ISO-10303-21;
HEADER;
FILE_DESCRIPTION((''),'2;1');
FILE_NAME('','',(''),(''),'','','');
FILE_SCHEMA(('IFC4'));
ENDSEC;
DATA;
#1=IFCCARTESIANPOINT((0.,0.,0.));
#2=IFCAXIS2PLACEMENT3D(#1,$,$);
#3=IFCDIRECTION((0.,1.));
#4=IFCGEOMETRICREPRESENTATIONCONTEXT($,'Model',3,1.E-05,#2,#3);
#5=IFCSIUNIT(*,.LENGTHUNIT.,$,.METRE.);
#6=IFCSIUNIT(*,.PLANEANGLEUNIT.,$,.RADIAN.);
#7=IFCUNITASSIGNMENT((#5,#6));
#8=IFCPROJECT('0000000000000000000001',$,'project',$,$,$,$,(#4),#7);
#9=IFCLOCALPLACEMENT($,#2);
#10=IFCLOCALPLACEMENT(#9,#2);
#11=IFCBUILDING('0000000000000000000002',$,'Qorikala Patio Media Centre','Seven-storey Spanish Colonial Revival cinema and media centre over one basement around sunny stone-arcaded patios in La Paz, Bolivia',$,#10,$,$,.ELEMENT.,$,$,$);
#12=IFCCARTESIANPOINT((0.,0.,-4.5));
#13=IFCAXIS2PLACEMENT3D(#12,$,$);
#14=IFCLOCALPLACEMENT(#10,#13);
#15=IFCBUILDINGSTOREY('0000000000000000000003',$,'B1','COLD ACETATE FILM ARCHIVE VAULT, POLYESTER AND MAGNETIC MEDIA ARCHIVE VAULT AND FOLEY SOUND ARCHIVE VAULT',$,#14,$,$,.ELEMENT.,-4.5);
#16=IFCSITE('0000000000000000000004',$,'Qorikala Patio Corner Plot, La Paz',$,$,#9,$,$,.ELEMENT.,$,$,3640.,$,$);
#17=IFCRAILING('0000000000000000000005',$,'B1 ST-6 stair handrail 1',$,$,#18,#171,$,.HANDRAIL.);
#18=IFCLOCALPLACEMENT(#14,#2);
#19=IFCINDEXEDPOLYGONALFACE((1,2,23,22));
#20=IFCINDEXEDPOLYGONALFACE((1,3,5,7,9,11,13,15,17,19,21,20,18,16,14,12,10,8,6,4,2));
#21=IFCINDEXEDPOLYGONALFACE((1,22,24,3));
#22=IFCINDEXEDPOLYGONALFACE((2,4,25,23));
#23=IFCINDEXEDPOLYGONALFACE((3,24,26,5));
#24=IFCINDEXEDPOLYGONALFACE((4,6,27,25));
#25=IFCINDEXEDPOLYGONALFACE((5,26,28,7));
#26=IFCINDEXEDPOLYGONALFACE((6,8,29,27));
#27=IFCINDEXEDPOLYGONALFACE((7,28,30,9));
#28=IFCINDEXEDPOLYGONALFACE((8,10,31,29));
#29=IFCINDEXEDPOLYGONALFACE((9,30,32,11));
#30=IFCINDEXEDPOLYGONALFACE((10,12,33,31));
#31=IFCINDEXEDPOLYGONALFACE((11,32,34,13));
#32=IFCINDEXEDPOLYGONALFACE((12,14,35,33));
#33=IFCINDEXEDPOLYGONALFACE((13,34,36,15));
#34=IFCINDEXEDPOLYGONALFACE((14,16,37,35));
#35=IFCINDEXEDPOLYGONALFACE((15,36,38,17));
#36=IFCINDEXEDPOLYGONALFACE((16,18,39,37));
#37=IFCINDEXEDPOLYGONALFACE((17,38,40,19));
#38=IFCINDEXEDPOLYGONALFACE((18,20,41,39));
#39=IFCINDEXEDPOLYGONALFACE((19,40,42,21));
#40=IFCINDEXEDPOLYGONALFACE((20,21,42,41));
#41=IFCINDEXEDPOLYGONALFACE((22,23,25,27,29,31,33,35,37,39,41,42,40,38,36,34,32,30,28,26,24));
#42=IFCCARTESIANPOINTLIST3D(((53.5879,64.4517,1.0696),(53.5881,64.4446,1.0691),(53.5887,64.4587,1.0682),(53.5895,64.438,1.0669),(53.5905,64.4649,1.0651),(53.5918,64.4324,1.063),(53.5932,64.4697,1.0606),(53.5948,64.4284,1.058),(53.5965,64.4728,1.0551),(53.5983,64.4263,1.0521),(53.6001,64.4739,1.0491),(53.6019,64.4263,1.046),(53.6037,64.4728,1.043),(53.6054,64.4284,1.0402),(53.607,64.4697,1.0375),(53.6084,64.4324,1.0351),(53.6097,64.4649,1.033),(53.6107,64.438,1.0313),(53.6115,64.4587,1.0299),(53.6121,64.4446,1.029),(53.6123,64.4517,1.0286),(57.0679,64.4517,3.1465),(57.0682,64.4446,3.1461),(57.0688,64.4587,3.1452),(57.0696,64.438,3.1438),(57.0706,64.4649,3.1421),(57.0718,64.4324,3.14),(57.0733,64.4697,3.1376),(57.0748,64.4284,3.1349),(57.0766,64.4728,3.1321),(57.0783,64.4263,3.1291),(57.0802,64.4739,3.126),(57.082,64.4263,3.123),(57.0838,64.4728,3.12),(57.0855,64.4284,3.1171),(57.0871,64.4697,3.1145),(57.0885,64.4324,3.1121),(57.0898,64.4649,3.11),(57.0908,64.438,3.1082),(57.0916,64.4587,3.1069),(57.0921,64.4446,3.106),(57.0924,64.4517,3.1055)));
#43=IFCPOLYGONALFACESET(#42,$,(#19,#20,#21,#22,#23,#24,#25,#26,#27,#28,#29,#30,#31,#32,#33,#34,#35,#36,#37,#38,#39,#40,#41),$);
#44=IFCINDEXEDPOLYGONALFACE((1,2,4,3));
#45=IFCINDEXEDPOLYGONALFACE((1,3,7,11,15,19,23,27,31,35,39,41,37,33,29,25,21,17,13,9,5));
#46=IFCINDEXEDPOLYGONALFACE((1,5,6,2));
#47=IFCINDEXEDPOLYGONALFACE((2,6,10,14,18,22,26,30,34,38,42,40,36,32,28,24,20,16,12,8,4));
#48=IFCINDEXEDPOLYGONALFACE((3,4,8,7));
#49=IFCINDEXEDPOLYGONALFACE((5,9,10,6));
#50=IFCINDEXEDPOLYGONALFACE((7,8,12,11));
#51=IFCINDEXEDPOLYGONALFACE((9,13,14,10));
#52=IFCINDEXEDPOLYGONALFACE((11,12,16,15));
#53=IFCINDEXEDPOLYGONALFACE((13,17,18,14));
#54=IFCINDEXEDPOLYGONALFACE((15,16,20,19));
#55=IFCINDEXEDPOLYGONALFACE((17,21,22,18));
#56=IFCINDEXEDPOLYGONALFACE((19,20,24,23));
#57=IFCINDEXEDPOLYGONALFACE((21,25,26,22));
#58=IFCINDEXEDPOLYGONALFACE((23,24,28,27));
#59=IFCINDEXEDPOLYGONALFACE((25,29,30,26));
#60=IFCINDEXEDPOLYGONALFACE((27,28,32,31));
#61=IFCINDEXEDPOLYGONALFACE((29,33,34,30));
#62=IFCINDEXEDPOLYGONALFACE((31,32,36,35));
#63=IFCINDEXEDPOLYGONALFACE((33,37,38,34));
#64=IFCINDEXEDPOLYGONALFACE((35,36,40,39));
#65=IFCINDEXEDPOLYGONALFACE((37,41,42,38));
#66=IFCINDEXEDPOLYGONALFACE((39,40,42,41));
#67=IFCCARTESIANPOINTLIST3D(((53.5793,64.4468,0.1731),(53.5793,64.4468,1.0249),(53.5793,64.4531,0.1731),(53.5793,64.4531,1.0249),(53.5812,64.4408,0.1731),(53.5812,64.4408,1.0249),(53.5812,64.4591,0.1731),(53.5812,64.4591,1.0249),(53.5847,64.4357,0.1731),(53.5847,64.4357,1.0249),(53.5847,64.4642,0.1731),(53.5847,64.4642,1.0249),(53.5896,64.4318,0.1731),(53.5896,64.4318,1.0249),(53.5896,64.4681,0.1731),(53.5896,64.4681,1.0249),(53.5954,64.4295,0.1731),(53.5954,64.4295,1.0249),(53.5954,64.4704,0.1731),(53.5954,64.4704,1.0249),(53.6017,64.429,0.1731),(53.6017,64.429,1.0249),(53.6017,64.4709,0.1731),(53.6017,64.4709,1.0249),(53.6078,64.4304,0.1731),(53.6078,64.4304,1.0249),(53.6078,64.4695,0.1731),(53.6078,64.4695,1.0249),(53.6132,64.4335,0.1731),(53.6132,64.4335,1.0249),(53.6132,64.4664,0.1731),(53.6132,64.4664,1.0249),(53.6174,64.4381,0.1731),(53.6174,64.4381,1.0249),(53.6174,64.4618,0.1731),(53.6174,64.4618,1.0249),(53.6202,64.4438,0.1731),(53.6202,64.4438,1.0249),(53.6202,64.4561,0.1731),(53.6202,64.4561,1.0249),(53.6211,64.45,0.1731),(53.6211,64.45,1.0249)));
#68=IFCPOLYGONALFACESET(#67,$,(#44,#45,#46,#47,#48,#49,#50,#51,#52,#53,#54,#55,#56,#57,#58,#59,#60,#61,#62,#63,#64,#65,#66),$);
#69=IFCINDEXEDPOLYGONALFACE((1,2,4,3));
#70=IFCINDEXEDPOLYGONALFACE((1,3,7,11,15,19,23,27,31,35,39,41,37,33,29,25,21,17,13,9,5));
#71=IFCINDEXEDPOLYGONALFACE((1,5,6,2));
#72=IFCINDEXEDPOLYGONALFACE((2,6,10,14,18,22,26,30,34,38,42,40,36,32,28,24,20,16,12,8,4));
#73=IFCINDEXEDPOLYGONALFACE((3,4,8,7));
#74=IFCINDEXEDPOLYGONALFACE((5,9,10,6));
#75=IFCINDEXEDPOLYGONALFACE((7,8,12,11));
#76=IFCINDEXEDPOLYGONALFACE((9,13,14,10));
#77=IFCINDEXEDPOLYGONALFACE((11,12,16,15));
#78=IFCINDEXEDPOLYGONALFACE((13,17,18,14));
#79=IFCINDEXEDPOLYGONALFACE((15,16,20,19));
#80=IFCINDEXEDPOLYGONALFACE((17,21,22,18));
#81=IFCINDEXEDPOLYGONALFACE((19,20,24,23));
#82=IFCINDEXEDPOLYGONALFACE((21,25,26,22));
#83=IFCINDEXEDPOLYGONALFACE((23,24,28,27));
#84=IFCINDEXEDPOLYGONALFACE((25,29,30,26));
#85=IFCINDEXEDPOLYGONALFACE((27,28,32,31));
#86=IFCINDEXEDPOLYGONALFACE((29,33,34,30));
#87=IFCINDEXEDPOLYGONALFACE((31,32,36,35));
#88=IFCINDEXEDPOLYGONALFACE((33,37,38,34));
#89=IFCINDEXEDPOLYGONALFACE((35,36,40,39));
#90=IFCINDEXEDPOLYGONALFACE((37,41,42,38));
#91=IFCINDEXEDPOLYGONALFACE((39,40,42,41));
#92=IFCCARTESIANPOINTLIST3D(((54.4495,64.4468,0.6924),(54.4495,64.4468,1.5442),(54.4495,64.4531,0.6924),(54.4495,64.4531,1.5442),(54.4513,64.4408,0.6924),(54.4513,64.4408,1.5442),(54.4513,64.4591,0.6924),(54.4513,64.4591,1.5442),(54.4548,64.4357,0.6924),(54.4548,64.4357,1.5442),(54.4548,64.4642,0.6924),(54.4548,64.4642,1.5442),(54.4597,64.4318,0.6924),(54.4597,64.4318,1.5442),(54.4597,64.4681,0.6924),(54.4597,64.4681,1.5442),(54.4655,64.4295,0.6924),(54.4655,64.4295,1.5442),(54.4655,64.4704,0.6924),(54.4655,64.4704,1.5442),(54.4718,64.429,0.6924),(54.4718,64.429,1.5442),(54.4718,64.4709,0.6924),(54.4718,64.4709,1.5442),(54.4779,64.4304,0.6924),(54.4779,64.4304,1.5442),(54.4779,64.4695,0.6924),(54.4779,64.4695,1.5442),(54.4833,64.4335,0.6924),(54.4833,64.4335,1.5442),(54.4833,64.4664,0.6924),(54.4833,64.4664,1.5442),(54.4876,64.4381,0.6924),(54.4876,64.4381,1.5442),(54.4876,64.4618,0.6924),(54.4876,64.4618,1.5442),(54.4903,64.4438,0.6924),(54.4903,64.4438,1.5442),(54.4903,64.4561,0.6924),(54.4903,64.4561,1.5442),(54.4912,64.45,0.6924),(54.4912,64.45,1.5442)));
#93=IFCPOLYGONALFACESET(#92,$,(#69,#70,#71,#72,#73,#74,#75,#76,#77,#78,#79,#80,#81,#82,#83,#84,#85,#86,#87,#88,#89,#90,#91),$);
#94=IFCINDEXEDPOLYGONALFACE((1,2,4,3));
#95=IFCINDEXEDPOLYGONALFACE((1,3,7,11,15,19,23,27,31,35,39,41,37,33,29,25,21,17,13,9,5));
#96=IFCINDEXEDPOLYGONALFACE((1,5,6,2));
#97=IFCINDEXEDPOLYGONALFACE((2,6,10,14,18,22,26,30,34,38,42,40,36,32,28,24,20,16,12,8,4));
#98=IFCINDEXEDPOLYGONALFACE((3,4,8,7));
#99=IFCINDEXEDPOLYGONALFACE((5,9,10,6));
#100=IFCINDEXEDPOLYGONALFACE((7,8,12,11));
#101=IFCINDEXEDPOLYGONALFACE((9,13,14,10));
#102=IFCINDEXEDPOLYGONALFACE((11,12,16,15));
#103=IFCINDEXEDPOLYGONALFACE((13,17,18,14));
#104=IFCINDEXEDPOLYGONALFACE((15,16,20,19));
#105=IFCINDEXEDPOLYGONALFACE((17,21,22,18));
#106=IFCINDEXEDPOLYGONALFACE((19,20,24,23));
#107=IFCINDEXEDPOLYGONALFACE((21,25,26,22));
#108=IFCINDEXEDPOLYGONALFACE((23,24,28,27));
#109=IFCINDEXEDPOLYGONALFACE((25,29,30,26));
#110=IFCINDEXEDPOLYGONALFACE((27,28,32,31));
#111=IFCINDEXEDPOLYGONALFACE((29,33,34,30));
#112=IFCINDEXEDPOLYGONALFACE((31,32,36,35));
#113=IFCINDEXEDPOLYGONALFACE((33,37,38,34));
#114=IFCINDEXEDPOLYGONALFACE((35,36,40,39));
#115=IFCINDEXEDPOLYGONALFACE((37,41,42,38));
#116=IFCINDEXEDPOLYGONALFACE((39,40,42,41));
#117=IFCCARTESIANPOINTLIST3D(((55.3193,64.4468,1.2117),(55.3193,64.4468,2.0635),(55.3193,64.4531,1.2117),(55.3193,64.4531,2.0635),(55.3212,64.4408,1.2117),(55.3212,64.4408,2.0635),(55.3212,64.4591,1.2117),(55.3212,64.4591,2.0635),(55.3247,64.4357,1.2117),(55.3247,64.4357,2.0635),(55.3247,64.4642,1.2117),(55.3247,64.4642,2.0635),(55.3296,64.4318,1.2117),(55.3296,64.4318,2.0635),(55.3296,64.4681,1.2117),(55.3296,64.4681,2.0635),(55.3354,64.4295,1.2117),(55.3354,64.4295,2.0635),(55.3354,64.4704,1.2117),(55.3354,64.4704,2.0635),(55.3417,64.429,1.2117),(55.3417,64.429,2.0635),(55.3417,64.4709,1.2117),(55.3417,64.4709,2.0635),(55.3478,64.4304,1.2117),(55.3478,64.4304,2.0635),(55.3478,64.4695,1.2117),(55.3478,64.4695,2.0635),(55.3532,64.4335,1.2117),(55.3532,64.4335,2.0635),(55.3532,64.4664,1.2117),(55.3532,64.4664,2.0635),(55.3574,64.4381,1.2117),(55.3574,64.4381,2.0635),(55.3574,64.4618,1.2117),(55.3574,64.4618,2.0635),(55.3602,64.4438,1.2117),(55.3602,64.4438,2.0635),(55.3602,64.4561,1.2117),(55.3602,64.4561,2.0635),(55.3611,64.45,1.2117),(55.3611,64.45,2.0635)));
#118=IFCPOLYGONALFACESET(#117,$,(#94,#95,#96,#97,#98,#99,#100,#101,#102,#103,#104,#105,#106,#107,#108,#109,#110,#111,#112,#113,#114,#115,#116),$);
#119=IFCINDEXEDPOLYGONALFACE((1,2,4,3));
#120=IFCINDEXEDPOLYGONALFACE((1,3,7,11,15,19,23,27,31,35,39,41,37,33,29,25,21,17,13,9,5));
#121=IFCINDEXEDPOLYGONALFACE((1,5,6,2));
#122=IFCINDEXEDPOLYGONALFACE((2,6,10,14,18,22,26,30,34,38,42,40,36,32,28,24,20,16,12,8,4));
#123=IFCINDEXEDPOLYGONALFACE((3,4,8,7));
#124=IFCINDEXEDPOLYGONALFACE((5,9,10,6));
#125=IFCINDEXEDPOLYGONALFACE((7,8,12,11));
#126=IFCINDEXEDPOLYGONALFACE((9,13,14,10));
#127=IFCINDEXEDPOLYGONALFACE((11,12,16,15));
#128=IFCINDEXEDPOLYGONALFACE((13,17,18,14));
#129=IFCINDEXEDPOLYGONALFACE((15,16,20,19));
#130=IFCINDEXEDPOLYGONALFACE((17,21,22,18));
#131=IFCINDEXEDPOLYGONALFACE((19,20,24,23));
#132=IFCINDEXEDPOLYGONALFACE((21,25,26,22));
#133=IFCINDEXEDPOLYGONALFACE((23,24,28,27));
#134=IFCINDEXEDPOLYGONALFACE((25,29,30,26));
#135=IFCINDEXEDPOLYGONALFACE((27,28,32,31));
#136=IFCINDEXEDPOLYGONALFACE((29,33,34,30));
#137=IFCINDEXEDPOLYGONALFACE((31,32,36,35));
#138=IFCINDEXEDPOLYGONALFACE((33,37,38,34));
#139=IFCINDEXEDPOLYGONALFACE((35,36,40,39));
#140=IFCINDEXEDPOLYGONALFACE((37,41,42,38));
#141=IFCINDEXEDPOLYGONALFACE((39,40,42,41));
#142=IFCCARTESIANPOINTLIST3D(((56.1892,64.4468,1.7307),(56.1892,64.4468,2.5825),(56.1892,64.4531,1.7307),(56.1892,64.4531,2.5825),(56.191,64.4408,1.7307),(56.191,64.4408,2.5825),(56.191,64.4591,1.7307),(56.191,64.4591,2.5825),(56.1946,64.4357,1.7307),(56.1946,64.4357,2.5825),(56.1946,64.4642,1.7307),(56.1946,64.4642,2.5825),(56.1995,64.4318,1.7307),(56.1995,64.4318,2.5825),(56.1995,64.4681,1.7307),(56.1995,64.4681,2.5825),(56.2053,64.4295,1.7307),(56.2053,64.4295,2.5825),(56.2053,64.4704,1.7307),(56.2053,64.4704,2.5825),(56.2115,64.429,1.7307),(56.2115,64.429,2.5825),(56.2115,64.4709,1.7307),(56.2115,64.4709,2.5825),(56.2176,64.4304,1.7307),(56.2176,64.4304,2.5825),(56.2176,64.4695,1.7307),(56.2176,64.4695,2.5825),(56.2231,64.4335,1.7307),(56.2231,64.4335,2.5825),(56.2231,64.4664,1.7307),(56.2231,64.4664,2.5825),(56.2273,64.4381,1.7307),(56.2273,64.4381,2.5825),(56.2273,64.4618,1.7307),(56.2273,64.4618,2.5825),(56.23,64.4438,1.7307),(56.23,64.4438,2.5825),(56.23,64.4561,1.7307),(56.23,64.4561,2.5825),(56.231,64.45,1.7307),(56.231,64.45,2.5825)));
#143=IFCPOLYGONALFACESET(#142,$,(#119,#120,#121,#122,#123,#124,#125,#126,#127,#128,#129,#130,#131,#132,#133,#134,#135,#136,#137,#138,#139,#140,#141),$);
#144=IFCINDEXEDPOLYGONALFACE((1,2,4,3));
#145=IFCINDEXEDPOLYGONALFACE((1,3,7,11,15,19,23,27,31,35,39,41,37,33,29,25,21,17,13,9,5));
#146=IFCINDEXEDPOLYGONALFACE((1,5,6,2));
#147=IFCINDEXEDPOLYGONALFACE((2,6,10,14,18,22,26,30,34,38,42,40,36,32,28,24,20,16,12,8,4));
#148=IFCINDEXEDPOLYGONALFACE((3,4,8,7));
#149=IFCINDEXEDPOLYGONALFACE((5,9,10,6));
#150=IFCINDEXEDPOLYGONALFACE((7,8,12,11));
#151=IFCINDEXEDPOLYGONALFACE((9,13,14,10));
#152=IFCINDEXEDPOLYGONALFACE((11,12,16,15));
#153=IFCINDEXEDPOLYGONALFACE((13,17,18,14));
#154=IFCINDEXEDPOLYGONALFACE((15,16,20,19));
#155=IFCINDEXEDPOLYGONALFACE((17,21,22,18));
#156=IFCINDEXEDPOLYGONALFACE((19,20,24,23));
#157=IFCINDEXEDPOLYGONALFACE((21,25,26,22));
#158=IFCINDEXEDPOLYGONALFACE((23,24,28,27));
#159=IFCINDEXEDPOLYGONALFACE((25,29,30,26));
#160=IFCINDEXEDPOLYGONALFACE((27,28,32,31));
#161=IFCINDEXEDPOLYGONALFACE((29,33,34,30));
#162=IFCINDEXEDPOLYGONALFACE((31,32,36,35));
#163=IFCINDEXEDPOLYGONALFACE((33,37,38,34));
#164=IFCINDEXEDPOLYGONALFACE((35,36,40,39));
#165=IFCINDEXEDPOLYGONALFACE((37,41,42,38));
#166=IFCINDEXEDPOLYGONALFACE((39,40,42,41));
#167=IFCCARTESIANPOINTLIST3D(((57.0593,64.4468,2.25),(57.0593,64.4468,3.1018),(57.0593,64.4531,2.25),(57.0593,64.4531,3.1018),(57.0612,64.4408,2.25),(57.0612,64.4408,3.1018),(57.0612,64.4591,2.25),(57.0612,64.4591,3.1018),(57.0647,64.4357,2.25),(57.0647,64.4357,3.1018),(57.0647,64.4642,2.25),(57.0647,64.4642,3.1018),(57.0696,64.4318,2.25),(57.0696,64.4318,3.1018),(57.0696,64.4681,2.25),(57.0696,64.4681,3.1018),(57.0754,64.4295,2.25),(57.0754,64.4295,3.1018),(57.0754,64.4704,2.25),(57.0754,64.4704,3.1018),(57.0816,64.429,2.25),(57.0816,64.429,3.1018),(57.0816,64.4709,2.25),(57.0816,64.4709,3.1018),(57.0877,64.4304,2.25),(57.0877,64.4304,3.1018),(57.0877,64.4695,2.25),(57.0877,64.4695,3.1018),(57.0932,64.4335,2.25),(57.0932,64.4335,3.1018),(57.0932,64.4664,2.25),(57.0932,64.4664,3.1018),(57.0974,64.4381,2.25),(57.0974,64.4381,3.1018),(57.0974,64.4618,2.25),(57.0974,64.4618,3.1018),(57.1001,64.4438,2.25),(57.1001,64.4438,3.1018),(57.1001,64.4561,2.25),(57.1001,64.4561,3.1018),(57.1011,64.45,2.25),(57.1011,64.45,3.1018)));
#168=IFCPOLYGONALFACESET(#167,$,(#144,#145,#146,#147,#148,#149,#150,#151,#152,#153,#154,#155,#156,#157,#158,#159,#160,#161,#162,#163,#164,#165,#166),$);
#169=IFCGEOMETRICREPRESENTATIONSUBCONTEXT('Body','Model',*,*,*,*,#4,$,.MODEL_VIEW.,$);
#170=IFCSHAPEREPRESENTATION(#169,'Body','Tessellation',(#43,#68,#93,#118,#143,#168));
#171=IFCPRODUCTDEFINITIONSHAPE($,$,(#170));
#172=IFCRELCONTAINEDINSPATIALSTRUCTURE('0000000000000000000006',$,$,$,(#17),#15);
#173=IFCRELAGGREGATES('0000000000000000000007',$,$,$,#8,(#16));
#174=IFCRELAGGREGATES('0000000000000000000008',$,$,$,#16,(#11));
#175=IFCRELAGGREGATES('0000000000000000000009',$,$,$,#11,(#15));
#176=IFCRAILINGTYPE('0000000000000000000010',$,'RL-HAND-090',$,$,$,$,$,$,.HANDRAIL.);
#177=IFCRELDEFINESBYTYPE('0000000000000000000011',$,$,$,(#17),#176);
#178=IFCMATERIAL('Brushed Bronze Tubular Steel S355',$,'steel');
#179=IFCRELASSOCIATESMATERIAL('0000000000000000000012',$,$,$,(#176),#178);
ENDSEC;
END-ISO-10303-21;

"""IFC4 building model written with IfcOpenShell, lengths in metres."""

from ifc_helpers import new_model, si_unit, direction, frame, origin, origin_2d, place, context, subcontext, project, spatial, circle, extrude, material, type_object, element, save


model = new_model("IFC4")

# Units and contexts
model_context = context("Model", 3, precision=1e-05, world=origin(), true_north=direction((0.0, 1.0)))
body_context = subcontext(model_context, "Body", "Model", "MODEL_VIEW")
ifc_project = project(units=[si_unit("LENGTHUNIT", "METRE"), si_unit("PLANEANGLEUNIT", "RADIAN")], contexts=[model_context])

# Site, building, storey
site_placement = place(None, origin())
site = spatial("IfcSite", under=ifc_project, at=site_placement, Name="Qorikala Patio Corner Plot, La Paz", CompositionType="ELEMENT", RefElevation=3640.0)
building_placement = place(site_placement, origin())
building = spatial("IfcBuilding", under=site, at=building_placement, Name="Qorikala Patio Media Centre", Description="Seven-storey Spanish Colonial Revival cinema and media centre over one basement around sunny stone-arcaded patios in La Paz, Bolivia", CompositionType="ELEMENT")
storey_placement = place(building_placement, frame((0.0, 0.0, -4.5)))
storey = spatial("IfcBuildingStorey", under=building, at=storey_placement, Name="B1", Description="COLD ACETATE FILM ARCHIVE VAULT, POLYESTER AND MAGNETIC MEDIA ARCHIVE VAULT AND FOLEY SOUND ARCHIVE VAULT", CompositionType="ELEMENT", Elevation=-4.5)

# Railing
ifc_material_1 = material(Name="Brushed Bronze Tubular Steel S355", Category="steel")
railing_type_1 = type_object("IfcRailingType", Name="RL-HAND-090", PredefinedType="HANDRAIL", material=ifc_material_1)
railing_1_placement = place(storey_placement, frame((53.6001, 64.45, 0.1731)))
element("IfcRailing", 1, at=railing_1_placement, inside=storey, type_object=railing_type_1, Name="B1 ST-6 stair handrail 1", PredefinedType="HANDRAIL", context=body_context, shape_type="SweptSolid", body=[
    extrude(circle(Radius=0.0239, at=origin_2d()), frame((0.0, 0.0, 0.876), z_axis=(0.858697, 0.0, 0.512483), x_axis=(0.0, 1.0, 0.0)), (0.0, 0.0, 1.0), 4.0527),
    extrude(circle(Radius=0.021, at=origin_2d()), origin(), (0.0, 0.0, 1.0), 0.8518),
    extrude(circle(Radius=0.021, at=origin_2d()), frame((0.8701, 0.0, 0.5193)), (0.0, 0.0, 1.0), 0.8518),
    extrude(circle(Radius=0.021, at=origin_2d()), frame((1.74, 0.0, 1.0386)), (0.0, 0.0, 1.0), 0.8518),
    extrude(circle(Radius=0.021, at=origin_2d()), frame((2.6099, 0.0, 1.5576)), (0.0, 0.0, 1.0), 0.8518),
    extrude(circle(Radius=0.021, at=origin_2d()), frame((3.48, 0.0, 2.0769)), (0.0, 0.0, 1.0), 0.8518),
])

save(model, "model.ifc")
